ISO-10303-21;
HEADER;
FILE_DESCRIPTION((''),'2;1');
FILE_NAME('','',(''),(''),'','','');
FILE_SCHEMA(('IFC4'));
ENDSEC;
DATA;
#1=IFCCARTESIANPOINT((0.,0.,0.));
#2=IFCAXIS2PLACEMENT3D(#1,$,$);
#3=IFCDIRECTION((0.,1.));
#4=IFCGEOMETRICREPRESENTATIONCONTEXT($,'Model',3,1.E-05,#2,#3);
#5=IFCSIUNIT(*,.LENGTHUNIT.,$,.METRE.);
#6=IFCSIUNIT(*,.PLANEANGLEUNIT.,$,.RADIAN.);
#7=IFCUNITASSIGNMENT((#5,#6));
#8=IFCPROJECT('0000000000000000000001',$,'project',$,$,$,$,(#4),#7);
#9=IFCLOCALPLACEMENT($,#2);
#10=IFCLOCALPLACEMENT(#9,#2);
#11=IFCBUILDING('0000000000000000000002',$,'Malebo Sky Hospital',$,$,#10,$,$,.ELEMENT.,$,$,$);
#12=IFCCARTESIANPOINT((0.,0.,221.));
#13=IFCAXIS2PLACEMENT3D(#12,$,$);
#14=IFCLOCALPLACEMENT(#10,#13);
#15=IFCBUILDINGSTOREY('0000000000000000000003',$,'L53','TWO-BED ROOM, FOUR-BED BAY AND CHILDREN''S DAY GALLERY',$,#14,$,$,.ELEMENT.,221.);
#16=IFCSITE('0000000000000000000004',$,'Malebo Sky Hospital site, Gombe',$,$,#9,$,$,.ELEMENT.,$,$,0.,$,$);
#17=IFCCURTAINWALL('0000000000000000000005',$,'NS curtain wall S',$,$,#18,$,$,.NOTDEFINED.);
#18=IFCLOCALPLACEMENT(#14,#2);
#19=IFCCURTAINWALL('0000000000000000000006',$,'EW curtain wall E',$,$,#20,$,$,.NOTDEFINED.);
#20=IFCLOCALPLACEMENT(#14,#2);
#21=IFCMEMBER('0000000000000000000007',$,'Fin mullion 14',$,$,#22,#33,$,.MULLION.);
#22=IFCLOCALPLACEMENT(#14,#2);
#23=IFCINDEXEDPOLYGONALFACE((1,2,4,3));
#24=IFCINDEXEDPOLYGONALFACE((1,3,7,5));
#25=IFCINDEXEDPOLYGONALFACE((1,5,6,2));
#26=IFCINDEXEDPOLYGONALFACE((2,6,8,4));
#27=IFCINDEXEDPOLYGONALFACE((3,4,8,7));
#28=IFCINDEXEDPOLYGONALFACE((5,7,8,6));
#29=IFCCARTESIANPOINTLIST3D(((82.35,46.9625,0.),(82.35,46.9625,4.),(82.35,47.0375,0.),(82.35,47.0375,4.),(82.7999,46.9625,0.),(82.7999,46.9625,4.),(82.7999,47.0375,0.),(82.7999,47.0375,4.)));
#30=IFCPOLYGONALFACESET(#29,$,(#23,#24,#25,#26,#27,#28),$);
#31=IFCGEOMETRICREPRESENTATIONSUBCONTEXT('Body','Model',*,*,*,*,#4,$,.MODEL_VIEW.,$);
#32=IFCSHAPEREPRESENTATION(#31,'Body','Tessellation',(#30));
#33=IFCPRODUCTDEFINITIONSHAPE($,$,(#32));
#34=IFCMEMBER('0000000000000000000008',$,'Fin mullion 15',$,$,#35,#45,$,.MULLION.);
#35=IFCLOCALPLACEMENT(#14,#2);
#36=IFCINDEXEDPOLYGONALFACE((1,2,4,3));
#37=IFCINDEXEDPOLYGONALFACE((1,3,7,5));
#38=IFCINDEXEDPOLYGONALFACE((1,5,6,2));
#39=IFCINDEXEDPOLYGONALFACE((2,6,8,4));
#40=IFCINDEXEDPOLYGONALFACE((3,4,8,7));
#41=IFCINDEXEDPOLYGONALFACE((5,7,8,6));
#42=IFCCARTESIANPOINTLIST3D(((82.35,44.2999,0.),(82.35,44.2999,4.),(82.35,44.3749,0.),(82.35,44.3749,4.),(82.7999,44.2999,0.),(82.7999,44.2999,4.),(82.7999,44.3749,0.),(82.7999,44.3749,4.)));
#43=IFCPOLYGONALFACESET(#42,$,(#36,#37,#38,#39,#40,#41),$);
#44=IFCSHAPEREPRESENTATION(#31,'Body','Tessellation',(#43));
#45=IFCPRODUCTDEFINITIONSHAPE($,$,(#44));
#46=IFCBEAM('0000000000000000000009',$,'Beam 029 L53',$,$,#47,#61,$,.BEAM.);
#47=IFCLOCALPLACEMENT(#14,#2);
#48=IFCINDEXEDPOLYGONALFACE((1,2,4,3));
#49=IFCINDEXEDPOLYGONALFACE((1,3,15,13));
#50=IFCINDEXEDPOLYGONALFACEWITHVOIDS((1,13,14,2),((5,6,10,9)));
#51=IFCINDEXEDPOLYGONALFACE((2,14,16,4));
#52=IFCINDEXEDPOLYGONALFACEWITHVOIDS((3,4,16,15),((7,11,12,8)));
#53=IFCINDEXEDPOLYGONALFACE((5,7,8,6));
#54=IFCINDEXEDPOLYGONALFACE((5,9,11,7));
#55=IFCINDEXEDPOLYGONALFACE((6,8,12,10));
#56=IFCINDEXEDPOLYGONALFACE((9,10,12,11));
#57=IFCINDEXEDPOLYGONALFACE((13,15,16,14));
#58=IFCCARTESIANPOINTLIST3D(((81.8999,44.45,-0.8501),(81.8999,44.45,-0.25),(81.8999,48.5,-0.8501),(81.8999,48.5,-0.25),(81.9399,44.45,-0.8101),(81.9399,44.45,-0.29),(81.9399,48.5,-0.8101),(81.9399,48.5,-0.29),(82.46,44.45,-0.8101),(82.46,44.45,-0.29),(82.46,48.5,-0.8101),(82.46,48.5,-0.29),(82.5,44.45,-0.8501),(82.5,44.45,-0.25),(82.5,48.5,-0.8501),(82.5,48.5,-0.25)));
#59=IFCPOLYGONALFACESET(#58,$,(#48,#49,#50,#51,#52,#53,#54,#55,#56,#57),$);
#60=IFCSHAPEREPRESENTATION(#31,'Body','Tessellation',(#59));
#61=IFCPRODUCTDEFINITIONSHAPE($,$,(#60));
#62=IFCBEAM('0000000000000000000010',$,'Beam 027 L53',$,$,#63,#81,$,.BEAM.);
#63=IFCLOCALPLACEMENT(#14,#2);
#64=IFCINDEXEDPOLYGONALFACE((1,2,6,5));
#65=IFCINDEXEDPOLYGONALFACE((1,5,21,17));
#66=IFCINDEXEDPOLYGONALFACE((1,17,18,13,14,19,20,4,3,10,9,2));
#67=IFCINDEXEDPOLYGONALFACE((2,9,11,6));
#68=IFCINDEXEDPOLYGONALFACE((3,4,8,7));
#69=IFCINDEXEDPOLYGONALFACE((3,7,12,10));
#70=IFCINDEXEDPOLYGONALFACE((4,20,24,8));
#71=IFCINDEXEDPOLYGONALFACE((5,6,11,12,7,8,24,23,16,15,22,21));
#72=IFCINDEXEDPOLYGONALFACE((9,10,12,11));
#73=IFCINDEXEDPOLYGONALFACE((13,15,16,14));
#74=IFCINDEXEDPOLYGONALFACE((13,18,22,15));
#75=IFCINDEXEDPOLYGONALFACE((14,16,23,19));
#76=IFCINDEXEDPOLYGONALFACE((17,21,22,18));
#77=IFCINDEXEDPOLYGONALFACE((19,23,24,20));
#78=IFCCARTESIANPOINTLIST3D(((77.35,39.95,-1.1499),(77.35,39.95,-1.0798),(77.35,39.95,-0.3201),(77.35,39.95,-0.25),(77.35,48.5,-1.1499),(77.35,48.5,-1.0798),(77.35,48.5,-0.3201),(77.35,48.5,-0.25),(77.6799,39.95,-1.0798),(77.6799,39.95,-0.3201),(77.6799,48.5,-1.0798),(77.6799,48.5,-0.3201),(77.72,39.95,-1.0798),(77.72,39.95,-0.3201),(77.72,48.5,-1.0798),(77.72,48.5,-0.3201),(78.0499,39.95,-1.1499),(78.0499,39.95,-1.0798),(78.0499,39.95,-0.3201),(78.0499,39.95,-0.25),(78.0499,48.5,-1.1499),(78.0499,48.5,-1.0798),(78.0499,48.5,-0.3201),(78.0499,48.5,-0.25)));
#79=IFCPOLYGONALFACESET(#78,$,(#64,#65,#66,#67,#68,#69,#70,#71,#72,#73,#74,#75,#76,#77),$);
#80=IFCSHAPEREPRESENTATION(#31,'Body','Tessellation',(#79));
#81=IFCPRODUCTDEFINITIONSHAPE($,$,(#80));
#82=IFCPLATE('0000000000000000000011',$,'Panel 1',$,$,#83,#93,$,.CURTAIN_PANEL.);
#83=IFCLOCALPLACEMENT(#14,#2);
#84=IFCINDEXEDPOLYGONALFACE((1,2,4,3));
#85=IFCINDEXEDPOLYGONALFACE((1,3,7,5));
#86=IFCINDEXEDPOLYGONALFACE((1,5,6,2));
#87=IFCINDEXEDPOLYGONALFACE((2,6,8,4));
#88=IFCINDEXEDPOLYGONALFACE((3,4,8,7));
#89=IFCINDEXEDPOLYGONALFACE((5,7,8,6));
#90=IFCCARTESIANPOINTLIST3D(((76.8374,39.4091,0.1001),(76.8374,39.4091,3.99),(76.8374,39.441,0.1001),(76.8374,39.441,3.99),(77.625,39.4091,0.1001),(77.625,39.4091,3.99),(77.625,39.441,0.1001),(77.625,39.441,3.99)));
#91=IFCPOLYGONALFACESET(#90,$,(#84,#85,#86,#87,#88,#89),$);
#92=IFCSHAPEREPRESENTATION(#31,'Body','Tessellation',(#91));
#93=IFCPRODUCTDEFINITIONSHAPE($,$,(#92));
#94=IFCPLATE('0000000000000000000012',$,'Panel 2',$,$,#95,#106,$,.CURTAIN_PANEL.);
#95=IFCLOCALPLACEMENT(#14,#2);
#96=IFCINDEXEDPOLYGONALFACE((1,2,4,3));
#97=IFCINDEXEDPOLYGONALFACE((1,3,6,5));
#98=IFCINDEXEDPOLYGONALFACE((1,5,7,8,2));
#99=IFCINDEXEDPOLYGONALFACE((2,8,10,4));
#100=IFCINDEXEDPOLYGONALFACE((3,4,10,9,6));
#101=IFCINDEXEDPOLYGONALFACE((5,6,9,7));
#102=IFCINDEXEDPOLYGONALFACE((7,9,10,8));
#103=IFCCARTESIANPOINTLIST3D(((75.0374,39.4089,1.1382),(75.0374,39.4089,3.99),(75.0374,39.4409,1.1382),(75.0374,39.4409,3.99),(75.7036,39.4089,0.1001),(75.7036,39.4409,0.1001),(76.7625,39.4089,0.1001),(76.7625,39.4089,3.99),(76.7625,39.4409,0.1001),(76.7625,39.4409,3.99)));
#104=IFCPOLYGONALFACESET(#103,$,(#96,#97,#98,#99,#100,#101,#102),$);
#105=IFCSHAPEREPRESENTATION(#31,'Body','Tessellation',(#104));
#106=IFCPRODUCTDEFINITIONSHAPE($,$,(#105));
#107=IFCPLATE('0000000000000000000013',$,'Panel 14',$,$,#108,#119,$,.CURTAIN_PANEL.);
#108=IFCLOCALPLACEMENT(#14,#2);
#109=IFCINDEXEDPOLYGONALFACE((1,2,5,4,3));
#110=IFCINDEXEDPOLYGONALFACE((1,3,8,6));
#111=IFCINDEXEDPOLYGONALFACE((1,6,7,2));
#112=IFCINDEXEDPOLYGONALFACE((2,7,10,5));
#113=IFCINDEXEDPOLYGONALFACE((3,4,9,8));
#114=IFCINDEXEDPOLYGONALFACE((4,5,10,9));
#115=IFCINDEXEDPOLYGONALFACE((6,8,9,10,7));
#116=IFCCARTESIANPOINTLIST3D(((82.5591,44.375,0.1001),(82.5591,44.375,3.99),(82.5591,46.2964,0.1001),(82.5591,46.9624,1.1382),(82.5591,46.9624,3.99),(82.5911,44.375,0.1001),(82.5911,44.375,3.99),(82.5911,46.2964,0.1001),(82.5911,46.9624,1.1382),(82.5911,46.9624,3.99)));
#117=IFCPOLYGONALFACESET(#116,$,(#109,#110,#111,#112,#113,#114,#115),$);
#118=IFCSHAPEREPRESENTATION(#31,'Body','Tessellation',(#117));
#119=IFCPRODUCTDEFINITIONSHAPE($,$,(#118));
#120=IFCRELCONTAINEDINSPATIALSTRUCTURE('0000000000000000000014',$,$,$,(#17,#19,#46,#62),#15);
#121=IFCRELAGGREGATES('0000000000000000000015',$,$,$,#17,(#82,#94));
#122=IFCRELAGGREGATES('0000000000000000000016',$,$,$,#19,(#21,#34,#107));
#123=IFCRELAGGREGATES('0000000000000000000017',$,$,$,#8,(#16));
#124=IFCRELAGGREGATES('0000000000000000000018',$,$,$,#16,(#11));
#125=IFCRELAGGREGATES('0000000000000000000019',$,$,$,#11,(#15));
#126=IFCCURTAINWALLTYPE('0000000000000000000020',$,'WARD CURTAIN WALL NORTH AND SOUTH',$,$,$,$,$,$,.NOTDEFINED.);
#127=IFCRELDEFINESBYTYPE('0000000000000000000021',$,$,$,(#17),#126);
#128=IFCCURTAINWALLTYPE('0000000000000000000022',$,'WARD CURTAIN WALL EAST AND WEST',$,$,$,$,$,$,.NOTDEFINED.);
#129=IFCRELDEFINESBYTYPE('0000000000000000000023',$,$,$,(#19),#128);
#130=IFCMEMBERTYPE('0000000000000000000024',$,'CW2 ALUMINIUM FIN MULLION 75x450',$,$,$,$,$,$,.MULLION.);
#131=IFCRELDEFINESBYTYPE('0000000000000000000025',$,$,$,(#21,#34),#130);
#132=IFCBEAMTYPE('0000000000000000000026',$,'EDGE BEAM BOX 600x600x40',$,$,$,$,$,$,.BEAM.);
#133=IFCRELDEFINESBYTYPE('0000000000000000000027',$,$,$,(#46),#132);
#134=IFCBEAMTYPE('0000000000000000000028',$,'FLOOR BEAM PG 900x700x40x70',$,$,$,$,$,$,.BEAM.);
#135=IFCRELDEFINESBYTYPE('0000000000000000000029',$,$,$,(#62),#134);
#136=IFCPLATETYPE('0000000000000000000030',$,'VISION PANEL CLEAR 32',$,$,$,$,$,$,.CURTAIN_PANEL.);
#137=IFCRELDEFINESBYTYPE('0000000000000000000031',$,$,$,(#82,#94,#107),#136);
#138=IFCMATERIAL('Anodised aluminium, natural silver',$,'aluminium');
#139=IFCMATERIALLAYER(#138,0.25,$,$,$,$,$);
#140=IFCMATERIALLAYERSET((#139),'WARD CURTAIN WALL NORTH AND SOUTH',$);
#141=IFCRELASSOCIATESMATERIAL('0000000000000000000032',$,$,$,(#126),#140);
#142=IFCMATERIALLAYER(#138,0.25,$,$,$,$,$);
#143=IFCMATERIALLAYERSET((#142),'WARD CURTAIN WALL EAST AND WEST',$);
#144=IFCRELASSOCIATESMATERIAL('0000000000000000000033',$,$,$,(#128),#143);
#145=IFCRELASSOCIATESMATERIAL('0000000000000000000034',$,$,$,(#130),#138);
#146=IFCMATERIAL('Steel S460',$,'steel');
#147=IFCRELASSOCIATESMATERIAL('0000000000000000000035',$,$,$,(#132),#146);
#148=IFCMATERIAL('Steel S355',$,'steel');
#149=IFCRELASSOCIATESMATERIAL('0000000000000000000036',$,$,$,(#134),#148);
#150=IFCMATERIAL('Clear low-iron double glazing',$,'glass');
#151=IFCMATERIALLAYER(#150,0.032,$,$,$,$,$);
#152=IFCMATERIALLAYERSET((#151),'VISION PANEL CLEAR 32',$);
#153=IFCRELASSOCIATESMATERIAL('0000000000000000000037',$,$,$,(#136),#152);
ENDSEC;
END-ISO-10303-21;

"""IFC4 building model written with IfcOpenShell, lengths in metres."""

from ifc_helpers import new_model, si_unit, direction, frame, origin, origin_2d, place, context, subcontext, project, spatial, polyline, rectangle, hollow_rectangle, i_section, outline, extrude, material, layer, layer_set, material_profile, profile_set, type_object, element, aggregate, save


model = new_model("IFC4")

# Units and contexts
model_context = context("Model", 3, precision=1e-05, world=origin(), true_north=direction((0.0, 1.0)))
body_context = subcontext(model_context, "Body", "Model", "MODEL_VIEW")
ifc_project = project(units=[si_unit("LENGTHUNIT", "METRE"), si_unit("PLANEANGLEUNIT", "RADIAN")], contexts=[model_context])

# Site, building, storey
site_placement = place(None, origin())
site = spatial("IfcSite", under=ifc_project, at=site_placement, Name="Malebo Sky Hospital site, Gombe", CompositionType="ELEMENT", RefElevation=0.0)
building_placement = place(site_placement, origin())
building = spatial("IfcBuilding", under=site, at=building_placement, Name="Malebo Sky Hospital", CompositionType="ELEMENT")
storey_placement = place(building_placement, frame((0.0, 0.0, 221.0)))
storey = spatial("IfcBuildingStorey", under=building, at=storey_placement, Name="L53", Description="TWO-BED ROOM, FOUR-BED BAY AND CHILDREN'S DAY GALLERY", CompositionType="ELEMENT", Elevation=221.0)

# Shared definitions
ifc_material_1 = material(Name="Steel S460", Category="steel")

# Curtain wall
ifc_material_2 = material(Name="Anodised aluminium, natural silver", Category="aluminium")
ifc_layer_1 = layer(ifc_material_2, 0.25)
ifc_layer_set_1 = layer_set([ifc_layer_1], Name="WARD CURTAIN WALL NORTH AND SOUTH")
curtain_wall_type_1 = type_object("IfcCurtainWallType", Name="WARD CURTAIN WALL NORTH AND SOUTH", PredefinedType="NOTDEFINED", material=ifc_layer_set_1)
curtain_wall_1_placement = place(storey_placement, origin())
curtain_wall_1 = element("IfcCurtainWall", 1, at=curtain_wall_1_placement, inside=storey, type_object=curtain_wall_type_1, Name="NS curtain wall S", PredefinedType="NOTDEFINED")

# Curtain wall
ifc_layer_2 = layer(ifc_material_2, 0.25)
ifc_layer_set_2 = layer_set([ifc_layer_2], Name="WARD CURTAIN WALL EAST AND WEST")
curtain_wall_type_2 = type_object("IfcCurtainWallType", Name="WARD CURTAIN WALL EAST AND WEST", PredefinedType="NOTDEFINED", material=ifc_layer_set_2)
curtain_wall_2_placement = place(storey_placement, origin())
curtain_wall_2 = element("IfcCurtainWall", 2, at=curtain_wall_2_placement, inside=storey, type_object=curtain_wall_type_2, Name="EW curtain wall E", PredefinedType="NOTDEFINED")

# Shared definitions
ifc_material_3 = material(Name="Steel S355", Category="steel")

# Members
ifc_material_profile_1 = material_profile(ifc_material_2, rectangle(XDim=0.075, YDim=0.45, at=origin_2d()), Name="CW2 ALUMINIUM FIN MULLION 75x450")
ifc_profile_set_1 = profile_set([ifc_material_profile_1], Name="Anodised aluminium, natural silver")
member_type_1 = type_object("IfcMemberType", Name="CW2 ALUMINIUM FIN MULLION 75x450", PredefinedType="MULLION", material=ifc_profile_set_1)
member_1_placement = place(storey_placement, frame((82.575, 47.0, 0.0), z_axis=(0.0, 0.0, 1.0), x_axis=(0.0, -1.0, 0.0)))
member_1 = element("IfcMember", 3, at=member_1_placement, type_object=member_type_1, Name="Fin mullion 14", PredefinedType="MULLION", context=body_context, shape_type="SweptSolid", body=[
    extrude(rectangle(XDim=0.075, YDim=0.45, at=origin_2d()), origin(), (0.0, 0.0, 1.0), 4.0),
])
member_2_placement = place(storey_placement, frame((82.575, 44.3374, 0.0), z_axis=(0.0, 0.0, 1.0), x_axis=(0.0, -1.0, 0.0)))
member_2 = element("IfcMember", 4, at=member_2_placement, type_object=member_type_1, Name="Fin mullion 15", PredefinedType="MULLION", context=body_context, shape_type="SweptSolid", body=[
    extrude(rectangle(XDim=0.075, YDim=0.45, at=origin_2d()), origin(), (0.0, 0.0, 1.0), 4.0),
])

# Beams
ifc_material_profile_2 = material_profile(ifc_material_1, hollow_rectangle(XDim=0.6001, YDim=0.6001, WallThickness=0.04, at=origin_2d()), Name="BOX 600x600x40")
ifc_profile_set_2 = profile_set([ifc_material_profile_2], Name="Steel S460")
beam_type_1 = type_object("IfcBeamType", Name="EDGE BEAM BOX 600x600x40", PredefinedType="BEAM", material=ifc_profile_set_2)
beam_1_placement = place(storey_placement, frame((82.2, 44.45, -0.55), z_axis=(0.0, 1.0, 0.0), x_axis=(-1.0, 0.0, 0.0)))
element("IfcBeam", 5, at=beam_1_placement, inside=storey, type_object=beam_type_1, Name="Beam 029 L53", PredefinedType="BEAM", context=body_context, shape_type="SweptSolid", body=[
    extrude(hollow_rectangle(XDim=0.6001, YDim=0.6001, WallThickness=0.04, at=origin_2d()), origin(), (0.0, 0.0, 1.0), 4.05),
])
ifc_material_profile_3 = material_profile(ifc_material_3, i_section(OverallWidth=0.7, OverallDepth=0.8999, WebThickness=0.04, FlangeThickness=0.0701, at=origin_2d()), Name="PG 900x700x40x70")
ifc_profile_set_3 = profile_set([ifc_material_profile_3], Name="Steel S355")
beam_type_2 = type_object("IfcBeamType", Name="FLOOR BEAM PG 900x700x40x70", PredefinedType="BEAM", material=ifc_profile_set_3)
beam_2_placement = place(storey_placement, frame((77.7, 39.95, -0.7), z_axis=(0.0, 1.0, 0.0), x_axis=(-1.0, 0.0, 0.0)))
element("IfcBeam", 6, at=beam_2_placement, inside=storey, type_object=beam_type_2, Name="Beam 027 L53", PredefinedType="BEAM", context=body_context, shape_type="SweptSolid", body=[
    extrude(i_section(OverallWidth=0.7, OverallDepth=0.8999, WebThickness=0.04, FlangeThickness=0.0701, at=origin_2d()), origin(), (0.0, 0.0, 1.0), 8.55),
])

# Plates
ifc_material_4 = material(Name="Clear low-iron double glazing", Category="glass")
ifc_layer_3 = layer(ifc_material_4, 0.032)
ifc_layer_set_3 = layer_set([ifc_layer_3], Name="VISION PANEL CLEAR 32")
plate_type = type_object("IfcPlateType", Name="VISION PANEL CLEAR 32", PredefinedType="CURTAIN_PANEL", material=ifc_layer_set_3)
plate_1_placement = place(storey_placement, frame((77.2312, 39.425, 0.1001), z_axis=(0.0, 0.0, 1.0), x_axis=(-1.0, 0.0, 0.0)))
plate_1 = element("IfcPlate", 7, at=plate_1_placement, type_object=plate_type, Name="Panel 1", PredefinedType="CURTAIN_PANEL", context=body_context, shape_type="SweptSolid", body=[
    extrude(rectangle(XDim=0.7876, YDim=0.032, at=origin_2d()), origin(), (0.0, 0.0, 1.0), 3.8899),
])
plate_2_placement = place(storey_placement, frame((75.8999, 39.425, 0.1001), z_axis=(0.0, 0.0, 1.0), x_axis=(-1.0, 0.0, 0.0)))
plate_2 = element("IfcPlate", 8, at=plate_2_placement, type_object=plate_type, Name="Panel 2", PredefinedType="CURTAIN_PANEL", context=body_context, shape_type="SweptSolid", body=[
    extrude(outline(polyline([(-0.8625, 0.0), (0.1963, 0.0), (0.8625, 1.0381), (0.8625, 3.8899), (-0.8625, 3.8899), (-0.8625, 0.0)])), frame((0.0, 0.0161, 0.0), z_axis=(0.0, -1.0, 0.0), x_axis=(1.0, 0.0, 0.0)), (0.0, 0.0, 1.0), 0.032),
])
aggregate(curtain_wall_1, [plate_1, plate_2])
plate_3_placement = place(storey_placement, frame((82.575, 45.6687, 0.1001), z_axis=(0.0, 0.0, 1.0), x_axis=(0.0, -1.0, 0.0)))
plate_3 = element("IfcPlate", 9, at=plate_3_placement, type_object=plate_type, Name="Panel 14", PredefinedType="CURTAIN_PANEL", context=body_context, shape_type="SweptSolid", body=[
    extrude(outline(polyline([(-0.6277, 0.0), (1.2937, 0.0), (1.2937, 3.8899), (-1.2937, 3.8899), (-1.2937, 1.0381), (-0.6277, 0.0)])), frame((0.0, 0.0161, 0.0), z_axis=(0.0, -1.0, 0.0), x_axis=(1.0, 0.0, 0.0)), (0.0, 0.0, 1.0), 0.032),
])
aggregate(curtain_wall_2, [member_1, member_2, plate_3])

save(model, "model.ifc")
